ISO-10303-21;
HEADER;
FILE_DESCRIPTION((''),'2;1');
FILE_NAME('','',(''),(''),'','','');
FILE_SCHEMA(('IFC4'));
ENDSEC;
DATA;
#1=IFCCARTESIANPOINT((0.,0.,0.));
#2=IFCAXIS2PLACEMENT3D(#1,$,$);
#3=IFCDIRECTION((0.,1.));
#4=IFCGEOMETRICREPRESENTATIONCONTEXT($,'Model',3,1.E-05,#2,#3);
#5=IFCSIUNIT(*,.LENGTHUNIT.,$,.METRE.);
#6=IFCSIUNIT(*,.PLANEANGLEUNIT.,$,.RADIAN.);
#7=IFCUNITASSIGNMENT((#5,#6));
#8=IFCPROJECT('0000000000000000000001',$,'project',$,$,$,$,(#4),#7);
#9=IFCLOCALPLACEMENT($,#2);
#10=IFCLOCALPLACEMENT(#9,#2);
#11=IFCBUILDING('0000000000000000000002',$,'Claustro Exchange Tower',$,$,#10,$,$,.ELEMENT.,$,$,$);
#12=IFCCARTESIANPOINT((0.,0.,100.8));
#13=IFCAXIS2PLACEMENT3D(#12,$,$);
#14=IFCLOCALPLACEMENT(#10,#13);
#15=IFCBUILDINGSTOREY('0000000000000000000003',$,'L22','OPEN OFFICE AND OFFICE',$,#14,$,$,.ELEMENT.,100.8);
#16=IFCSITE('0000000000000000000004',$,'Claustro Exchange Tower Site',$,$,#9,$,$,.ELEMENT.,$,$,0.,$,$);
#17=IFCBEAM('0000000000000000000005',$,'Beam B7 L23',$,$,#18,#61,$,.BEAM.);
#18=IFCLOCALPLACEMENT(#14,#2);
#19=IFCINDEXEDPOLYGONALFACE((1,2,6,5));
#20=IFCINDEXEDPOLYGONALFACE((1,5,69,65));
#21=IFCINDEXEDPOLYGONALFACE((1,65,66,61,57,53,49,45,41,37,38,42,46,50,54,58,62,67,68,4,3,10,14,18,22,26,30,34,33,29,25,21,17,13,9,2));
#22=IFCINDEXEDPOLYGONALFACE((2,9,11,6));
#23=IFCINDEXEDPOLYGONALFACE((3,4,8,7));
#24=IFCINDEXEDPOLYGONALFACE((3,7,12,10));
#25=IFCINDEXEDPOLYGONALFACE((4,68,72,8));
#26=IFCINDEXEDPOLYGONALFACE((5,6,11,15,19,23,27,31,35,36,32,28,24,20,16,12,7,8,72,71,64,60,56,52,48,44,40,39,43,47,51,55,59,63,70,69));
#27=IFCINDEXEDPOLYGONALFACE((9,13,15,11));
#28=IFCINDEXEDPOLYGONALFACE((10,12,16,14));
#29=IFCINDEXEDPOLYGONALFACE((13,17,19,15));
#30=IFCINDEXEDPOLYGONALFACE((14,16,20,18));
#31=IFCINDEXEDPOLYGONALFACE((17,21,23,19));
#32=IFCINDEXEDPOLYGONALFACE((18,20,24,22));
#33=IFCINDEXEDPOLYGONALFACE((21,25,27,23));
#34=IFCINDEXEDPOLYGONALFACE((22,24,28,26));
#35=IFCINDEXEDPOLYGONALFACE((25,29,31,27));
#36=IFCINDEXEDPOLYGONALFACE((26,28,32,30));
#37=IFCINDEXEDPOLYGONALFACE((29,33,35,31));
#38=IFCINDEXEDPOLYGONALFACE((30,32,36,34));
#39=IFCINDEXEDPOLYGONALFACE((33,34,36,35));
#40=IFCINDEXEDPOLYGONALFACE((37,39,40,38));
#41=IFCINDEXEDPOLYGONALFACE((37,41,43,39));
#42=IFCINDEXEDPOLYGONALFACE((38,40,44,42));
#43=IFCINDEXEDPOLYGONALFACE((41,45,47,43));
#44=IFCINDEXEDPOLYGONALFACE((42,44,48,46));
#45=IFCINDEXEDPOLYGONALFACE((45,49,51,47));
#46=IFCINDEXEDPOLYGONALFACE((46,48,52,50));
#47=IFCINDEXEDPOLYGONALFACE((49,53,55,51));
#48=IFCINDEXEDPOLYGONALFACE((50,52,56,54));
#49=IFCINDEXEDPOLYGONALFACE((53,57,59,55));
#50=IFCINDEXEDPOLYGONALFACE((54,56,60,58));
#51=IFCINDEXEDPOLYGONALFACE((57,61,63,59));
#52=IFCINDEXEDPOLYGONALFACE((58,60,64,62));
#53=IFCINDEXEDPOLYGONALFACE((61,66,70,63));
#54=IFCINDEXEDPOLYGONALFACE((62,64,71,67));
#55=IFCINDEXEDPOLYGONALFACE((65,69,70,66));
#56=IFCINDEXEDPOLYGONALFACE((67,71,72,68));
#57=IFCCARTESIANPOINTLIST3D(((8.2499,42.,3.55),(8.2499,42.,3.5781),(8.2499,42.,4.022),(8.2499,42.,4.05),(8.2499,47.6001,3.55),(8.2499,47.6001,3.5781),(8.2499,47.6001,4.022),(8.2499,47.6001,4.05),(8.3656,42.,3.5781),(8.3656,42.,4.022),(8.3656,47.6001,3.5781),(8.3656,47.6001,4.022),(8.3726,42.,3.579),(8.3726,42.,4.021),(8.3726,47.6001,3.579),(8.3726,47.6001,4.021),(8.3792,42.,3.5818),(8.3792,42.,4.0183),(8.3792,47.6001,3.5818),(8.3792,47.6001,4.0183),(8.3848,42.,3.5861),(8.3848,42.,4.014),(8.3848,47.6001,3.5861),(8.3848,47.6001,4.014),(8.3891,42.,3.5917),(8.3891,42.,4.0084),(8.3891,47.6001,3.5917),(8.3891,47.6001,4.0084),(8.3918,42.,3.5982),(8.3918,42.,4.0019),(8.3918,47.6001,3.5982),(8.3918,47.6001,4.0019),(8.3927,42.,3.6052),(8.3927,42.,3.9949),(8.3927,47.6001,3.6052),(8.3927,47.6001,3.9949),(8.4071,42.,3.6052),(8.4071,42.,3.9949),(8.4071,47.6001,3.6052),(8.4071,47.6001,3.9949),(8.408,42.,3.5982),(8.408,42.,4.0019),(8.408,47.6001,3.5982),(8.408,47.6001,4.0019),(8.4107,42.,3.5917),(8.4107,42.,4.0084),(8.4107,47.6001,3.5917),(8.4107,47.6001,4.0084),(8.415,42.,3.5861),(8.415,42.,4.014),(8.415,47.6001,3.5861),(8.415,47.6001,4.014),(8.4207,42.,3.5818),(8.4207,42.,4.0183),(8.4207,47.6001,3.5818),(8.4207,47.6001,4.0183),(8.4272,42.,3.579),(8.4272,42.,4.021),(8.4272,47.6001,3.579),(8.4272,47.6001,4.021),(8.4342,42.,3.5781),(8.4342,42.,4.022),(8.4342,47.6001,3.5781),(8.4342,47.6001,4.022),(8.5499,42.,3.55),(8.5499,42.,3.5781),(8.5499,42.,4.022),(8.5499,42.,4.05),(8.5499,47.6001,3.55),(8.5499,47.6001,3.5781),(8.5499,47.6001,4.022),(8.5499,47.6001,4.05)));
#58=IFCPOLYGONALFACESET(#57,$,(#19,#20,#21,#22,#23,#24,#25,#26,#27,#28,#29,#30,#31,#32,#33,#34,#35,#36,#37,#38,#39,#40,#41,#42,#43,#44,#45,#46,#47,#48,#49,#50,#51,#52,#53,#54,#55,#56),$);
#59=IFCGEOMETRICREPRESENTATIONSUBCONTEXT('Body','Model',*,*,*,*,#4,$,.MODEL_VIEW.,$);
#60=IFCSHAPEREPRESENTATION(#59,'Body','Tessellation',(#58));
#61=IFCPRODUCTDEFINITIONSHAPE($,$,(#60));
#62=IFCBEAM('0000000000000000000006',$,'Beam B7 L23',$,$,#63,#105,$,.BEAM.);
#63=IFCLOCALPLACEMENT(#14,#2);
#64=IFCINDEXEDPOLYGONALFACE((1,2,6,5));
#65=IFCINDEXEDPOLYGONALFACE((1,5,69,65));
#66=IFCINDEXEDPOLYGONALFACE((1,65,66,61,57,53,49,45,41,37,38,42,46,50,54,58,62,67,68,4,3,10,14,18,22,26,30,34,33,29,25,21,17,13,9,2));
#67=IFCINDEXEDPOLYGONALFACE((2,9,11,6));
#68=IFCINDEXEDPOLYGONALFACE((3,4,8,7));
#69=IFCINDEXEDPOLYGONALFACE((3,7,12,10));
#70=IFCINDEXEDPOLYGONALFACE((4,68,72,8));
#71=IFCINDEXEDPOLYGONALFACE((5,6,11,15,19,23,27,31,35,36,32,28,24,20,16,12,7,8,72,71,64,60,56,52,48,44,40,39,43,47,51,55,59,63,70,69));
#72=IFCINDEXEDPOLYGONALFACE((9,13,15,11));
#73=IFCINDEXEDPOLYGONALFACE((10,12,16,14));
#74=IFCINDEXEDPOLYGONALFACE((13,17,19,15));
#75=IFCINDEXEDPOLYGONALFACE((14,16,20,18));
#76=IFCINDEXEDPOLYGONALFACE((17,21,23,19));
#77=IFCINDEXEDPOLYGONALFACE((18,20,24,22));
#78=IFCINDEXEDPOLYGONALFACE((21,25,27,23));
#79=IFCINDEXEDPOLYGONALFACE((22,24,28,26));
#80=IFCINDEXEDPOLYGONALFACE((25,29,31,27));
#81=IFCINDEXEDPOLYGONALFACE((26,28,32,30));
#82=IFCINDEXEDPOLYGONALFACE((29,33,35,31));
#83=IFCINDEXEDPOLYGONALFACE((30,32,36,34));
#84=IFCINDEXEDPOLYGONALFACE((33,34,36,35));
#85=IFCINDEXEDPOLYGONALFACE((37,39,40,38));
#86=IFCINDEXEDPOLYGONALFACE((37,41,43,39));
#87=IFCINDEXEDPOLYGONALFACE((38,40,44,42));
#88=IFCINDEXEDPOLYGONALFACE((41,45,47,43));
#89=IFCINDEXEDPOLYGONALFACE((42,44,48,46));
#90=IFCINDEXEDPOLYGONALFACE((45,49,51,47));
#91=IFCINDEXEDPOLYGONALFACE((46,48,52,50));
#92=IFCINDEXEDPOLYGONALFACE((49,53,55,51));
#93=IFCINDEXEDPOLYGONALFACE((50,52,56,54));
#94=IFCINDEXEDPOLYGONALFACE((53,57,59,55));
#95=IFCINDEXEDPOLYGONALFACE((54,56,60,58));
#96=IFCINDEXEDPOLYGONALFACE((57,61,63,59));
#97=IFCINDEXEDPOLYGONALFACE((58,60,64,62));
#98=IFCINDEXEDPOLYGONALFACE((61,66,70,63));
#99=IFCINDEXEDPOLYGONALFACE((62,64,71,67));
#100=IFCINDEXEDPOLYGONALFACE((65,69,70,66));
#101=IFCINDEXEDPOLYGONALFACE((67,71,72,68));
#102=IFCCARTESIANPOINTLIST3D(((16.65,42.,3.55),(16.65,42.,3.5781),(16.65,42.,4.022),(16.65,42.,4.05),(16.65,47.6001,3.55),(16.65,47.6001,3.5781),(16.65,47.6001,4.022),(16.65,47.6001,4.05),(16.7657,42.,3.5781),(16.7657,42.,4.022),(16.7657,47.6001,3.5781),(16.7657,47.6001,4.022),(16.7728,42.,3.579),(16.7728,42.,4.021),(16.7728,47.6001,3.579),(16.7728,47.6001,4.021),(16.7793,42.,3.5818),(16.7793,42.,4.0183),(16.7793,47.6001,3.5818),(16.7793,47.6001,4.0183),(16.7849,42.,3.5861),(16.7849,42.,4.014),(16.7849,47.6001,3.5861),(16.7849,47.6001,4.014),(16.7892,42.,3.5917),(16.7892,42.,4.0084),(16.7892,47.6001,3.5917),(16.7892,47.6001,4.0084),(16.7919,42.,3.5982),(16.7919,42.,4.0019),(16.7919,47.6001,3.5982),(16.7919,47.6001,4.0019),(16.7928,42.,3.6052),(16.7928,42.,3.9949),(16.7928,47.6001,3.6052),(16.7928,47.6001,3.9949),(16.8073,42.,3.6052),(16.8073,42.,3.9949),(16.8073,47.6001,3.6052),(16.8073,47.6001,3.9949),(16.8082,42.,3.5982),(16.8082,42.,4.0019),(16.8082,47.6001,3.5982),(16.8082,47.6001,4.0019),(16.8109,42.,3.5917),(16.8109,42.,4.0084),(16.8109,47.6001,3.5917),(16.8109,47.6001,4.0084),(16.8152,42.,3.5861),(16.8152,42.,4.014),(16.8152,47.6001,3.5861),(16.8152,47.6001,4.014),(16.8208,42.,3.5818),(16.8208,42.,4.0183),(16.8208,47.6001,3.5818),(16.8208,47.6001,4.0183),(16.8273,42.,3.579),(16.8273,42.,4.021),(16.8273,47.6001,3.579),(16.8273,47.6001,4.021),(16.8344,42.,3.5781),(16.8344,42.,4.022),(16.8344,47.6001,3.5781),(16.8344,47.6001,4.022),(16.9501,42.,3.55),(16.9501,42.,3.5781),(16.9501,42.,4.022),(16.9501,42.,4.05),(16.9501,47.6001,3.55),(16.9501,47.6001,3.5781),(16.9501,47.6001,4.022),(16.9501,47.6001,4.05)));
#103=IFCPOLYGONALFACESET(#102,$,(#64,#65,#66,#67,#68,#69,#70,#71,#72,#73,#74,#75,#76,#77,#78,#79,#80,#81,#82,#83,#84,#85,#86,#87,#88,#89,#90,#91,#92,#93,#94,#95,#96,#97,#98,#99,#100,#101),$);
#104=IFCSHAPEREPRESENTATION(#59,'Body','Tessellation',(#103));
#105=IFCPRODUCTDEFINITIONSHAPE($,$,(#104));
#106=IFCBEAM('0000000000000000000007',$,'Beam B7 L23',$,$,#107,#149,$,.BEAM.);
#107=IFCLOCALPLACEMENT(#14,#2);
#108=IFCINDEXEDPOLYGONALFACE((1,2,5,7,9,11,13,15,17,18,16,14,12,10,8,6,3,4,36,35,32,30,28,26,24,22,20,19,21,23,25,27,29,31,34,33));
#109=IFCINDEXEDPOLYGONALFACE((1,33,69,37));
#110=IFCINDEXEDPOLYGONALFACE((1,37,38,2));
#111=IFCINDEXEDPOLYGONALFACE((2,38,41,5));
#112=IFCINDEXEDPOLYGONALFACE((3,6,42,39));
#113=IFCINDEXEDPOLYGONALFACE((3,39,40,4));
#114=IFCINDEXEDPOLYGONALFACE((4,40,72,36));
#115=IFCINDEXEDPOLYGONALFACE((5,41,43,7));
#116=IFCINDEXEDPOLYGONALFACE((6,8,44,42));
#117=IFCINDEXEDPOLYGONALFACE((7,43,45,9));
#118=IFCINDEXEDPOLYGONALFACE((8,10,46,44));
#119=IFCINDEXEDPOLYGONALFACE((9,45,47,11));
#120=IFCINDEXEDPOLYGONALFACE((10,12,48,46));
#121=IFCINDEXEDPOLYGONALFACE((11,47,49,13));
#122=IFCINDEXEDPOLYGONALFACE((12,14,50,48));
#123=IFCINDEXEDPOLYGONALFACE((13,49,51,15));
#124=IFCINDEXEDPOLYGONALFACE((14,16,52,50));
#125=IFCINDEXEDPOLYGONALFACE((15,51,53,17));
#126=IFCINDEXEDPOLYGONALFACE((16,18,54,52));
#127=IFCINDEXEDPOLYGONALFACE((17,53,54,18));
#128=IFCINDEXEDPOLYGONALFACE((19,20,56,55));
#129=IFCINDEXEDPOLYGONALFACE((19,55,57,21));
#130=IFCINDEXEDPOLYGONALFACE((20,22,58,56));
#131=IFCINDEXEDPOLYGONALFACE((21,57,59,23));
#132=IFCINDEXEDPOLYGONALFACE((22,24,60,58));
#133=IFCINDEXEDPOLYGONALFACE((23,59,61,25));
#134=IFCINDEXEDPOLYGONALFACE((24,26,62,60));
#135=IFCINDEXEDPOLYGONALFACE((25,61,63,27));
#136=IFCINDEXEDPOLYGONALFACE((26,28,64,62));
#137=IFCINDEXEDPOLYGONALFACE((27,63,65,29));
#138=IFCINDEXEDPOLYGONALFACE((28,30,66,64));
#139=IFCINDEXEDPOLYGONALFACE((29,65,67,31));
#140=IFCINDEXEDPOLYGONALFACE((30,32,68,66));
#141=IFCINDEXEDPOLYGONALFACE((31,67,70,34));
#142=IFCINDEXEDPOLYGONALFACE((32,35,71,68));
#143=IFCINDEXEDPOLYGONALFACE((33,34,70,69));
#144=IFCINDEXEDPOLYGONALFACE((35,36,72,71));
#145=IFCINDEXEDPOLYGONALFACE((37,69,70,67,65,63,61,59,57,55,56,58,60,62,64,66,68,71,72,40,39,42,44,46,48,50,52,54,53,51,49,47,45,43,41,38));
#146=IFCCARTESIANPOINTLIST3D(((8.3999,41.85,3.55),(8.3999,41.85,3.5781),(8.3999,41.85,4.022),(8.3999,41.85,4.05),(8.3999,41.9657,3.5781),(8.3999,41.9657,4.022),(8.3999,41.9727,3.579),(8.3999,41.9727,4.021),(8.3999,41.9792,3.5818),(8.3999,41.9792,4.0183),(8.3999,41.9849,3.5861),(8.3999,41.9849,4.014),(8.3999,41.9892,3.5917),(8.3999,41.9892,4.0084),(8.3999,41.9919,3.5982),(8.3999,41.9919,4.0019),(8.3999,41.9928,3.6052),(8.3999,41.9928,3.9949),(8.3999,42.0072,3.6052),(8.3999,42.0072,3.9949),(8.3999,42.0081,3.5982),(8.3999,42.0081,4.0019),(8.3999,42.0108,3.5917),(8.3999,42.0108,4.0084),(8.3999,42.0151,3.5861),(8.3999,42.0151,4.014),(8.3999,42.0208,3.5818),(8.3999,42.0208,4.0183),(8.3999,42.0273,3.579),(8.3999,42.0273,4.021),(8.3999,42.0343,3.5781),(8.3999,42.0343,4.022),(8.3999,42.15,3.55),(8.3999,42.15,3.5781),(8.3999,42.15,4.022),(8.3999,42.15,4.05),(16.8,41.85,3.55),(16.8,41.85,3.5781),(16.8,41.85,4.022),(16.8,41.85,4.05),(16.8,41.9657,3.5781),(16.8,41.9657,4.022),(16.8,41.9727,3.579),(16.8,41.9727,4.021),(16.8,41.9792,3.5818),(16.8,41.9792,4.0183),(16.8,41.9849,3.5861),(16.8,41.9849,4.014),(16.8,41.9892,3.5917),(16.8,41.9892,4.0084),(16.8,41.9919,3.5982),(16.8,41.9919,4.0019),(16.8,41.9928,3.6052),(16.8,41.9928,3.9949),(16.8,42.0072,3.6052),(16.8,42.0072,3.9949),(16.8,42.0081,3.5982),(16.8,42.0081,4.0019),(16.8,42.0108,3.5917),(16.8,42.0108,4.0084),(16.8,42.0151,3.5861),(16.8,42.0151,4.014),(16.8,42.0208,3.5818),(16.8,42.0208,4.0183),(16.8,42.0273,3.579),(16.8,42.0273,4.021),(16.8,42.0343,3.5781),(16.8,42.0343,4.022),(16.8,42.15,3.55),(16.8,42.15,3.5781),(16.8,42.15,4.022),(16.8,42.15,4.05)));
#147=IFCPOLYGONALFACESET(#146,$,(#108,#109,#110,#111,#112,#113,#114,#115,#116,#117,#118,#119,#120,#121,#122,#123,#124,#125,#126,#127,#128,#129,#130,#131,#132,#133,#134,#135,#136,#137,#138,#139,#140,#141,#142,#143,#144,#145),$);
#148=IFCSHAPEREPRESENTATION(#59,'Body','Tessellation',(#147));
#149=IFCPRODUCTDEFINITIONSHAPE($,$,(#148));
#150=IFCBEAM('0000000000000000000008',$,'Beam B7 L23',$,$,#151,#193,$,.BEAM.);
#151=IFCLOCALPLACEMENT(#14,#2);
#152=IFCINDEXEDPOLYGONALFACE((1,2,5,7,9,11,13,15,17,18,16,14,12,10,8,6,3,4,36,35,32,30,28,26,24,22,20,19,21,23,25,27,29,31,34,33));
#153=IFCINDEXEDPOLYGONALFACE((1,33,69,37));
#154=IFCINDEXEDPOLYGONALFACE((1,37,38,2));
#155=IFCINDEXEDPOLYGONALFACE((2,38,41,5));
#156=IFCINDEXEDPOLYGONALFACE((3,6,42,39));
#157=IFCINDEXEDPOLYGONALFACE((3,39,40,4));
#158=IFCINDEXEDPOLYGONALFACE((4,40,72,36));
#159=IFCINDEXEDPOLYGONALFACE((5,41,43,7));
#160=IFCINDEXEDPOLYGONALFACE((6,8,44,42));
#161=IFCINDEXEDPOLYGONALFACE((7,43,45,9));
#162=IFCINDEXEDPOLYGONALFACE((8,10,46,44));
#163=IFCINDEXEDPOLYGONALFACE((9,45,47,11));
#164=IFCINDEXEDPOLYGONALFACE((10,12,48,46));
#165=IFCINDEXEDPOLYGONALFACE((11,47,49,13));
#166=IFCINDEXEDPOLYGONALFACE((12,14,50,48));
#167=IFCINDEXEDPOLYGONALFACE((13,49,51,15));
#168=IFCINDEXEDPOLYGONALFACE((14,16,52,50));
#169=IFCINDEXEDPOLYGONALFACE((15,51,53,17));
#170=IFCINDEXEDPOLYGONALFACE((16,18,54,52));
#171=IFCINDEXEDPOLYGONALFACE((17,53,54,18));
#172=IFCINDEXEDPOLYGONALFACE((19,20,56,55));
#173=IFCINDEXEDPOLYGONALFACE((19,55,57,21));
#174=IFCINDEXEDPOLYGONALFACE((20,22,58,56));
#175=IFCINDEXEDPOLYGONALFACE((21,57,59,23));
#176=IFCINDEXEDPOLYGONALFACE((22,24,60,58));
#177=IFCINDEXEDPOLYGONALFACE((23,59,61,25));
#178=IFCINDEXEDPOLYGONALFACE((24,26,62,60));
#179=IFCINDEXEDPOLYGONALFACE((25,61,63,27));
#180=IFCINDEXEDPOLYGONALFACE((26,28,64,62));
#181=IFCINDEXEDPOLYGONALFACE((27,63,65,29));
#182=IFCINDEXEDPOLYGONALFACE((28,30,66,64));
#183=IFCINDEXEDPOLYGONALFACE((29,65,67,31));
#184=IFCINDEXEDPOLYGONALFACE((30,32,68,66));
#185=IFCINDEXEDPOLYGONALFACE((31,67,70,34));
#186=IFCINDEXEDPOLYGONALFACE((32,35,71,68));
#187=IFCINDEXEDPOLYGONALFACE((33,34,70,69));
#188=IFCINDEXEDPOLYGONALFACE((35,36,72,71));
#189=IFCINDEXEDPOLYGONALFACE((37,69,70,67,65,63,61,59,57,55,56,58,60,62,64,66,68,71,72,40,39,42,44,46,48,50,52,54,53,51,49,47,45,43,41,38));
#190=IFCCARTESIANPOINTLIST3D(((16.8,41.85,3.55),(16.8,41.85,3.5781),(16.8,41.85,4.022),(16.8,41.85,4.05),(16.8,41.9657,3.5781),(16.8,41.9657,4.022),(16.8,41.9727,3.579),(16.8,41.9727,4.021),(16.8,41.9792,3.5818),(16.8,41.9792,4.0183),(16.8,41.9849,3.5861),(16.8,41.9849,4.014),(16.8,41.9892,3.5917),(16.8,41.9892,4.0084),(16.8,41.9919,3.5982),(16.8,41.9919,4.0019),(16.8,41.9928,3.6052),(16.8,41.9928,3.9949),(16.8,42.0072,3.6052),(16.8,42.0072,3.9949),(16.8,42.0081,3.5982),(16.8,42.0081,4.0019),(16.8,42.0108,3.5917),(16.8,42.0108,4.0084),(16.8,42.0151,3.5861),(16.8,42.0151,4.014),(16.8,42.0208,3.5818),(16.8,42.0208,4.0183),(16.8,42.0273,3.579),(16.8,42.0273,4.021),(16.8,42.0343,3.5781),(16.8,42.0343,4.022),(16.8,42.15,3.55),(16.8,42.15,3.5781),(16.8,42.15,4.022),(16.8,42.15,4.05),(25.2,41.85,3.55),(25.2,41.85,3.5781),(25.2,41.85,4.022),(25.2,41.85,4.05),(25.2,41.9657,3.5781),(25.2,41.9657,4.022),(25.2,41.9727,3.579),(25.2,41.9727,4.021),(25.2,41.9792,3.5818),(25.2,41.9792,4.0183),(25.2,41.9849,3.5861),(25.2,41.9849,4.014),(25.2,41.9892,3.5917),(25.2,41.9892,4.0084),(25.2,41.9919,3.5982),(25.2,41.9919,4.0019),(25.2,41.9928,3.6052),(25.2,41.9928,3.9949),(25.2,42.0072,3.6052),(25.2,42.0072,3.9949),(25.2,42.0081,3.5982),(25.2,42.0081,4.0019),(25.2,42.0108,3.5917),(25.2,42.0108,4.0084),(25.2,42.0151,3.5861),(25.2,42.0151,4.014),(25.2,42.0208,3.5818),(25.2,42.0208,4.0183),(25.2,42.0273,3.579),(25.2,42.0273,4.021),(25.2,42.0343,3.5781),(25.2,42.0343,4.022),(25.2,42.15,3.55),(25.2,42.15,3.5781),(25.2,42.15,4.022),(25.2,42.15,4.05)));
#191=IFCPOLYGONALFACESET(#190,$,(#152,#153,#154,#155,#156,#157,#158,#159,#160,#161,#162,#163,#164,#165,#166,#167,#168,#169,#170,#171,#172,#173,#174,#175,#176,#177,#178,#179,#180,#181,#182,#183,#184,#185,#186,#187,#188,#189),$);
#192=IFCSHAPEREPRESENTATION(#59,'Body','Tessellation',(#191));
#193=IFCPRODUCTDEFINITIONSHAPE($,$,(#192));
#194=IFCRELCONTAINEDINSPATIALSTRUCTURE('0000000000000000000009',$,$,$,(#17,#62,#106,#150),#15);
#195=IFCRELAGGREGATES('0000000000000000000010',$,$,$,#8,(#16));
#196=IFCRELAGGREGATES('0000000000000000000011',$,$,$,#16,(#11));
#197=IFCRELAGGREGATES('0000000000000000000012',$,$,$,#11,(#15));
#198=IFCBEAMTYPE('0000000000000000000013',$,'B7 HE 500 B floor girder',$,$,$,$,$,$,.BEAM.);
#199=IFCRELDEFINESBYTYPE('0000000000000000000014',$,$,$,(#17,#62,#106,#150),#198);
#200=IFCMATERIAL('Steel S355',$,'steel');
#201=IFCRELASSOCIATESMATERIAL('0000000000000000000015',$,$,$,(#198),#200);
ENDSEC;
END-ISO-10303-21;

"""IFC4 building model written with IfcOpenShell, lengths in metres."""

from ifc_helpers import new_model, si_unit, direction, frame, origin, origin_2d, place, context, subcontext, project, spatial, i_section, extrude, material, material_profile, profile_set, type_object, element, save


model = new_model("IFC4")

# Units and contexts
model_context = context("Model", 3, precision=1e-05, world=origin(), true_north=direction((0.0, 1.0)))
body_context = subcontext(model_context, "Body", "Model", "MODEL_VIEW")
ifc_project = project(units=[si_unit("LENGTHUNIT", "METRE"), si_unit("PLANEANGLEUNIT", "RADIAN")], contexts=[model_context])

# Site, building, storey
site_placement = place(None, origin())
site = spatial("IfcSite", under=ifc_project, at=site_placement, Name="Claustro Exchange Tower Site", CompositionType="ELEMENT", RefElevation=0.0)
building_placement = place(site_placement, origin())
building = spatial("IfcBuilding", under=site, at=building_placement, Name="Claustro Exchange Tower", CompositionType="ELEMENT")
storey_placement = place(building_placement, frame((0.0, 0.0, 100.8)))
storey = spatial("IfcBuildingStorey", under=building, at=storey_placement, Name="L22", Description="OPEN OFFICE AND OFFICE", CompositionType="ELEMENT", Elevation=100.8)

# Beams
ifc_material_1 = material(Name="Steel S355", Category="steel")
ifc_material_profile_1 = material_profile(ifc_material_1, i_section(OverallWidth=0.3, OverallDepth=0.5, WebThickness=0.0144, FlangeThickness=0.0281, FilletRadius=0.0271, at=origin_2d()), Name="HE 500 B")
ifc_profile_set_1 = profile_set([ifc_material_profile_1], Name="Steel S355")
beam_type_1 = type_object("IfcBeamType", Name="B7 HE 500 B floor girder", PredefinedType="BEAM", material=ifc_profile_set_1)
for number, where, z_axis, x_axis, name in (
    (1, (8.3999, 42.0, 3.8), (0.0, 1.0, 0.0), (-1.0, 0.0, 0.0), "Beam B7 L23"),
    (2, (16.8, 42.0, 3.8), (0.0, 1.0, 0.0), (-1.0, 0.0, 0.0), "Beam B7 L23"),
):
    element("IfcBeam", number, at=place(storey_placement, frame(where, z_axis=z_axis, x_axis=x_axis)), inside=storey, type_object=beam_type_1, Name=name, PredefinedType="BEAM", context=body_context, shape_type="SweptSolid", body=[
        extrude(i_section(OverallWidth=0.3, OverallDepth=0.5, WebThickness=0.0144, FlangeThickness=0.0281, FilletRadius=0.0271, at=origin_2d()), origin(), (0.0, 0.0, 1.0), 5.6001),
    ])
beam_1_placement = place(storey_placement, frame((8.3999, 42.0, 3.8), z_axis=(1.0, 0.0, 0.0), x_axis=(0.0, 1.0, 0.0)))
element("IfcBeam", 3, at=beam_1_placement, inside=storey, type_object=beam_type_1, Name="Beam B7 L23", PredefinedType="BEAM", context=body_context, shape_type="SweptSolid", body=[
    extrude(i_section(OverallWidth=0.3, OverallDepth=0.5, WebThickness=0.0144, FlangeThickness=0.0281, FilletRadius=0.0271, at=origin_2d()), origin(), (0.0, 0.0, 1.0), 8.4001),
])
beam_2_placement = place(storey_placement, frame((16.8, 42.0, 3.8), z_axis=(1.0, 0.0, 0.0), x_axis=(0.0, 1.0, 0.0)))
element("IfcBeam", 4, at=beam_2_placement, inside=storey, type_object=beam_type_1, Name="Beam B7 L23", PredefinedType="BEAM", context=body_context, shape_type="SweptSolid", body=[
    extrude(i_section(OverallWidth=0.3, OverallDepth=0.5, WebThickness=0.0144, FlangeThickness=0.0281, FilletRadius=0.0271, at=origin_2d()), origin(), (0.0, 0.0, 1.0), 8.3999),
])

save(model, "model.ifc")
